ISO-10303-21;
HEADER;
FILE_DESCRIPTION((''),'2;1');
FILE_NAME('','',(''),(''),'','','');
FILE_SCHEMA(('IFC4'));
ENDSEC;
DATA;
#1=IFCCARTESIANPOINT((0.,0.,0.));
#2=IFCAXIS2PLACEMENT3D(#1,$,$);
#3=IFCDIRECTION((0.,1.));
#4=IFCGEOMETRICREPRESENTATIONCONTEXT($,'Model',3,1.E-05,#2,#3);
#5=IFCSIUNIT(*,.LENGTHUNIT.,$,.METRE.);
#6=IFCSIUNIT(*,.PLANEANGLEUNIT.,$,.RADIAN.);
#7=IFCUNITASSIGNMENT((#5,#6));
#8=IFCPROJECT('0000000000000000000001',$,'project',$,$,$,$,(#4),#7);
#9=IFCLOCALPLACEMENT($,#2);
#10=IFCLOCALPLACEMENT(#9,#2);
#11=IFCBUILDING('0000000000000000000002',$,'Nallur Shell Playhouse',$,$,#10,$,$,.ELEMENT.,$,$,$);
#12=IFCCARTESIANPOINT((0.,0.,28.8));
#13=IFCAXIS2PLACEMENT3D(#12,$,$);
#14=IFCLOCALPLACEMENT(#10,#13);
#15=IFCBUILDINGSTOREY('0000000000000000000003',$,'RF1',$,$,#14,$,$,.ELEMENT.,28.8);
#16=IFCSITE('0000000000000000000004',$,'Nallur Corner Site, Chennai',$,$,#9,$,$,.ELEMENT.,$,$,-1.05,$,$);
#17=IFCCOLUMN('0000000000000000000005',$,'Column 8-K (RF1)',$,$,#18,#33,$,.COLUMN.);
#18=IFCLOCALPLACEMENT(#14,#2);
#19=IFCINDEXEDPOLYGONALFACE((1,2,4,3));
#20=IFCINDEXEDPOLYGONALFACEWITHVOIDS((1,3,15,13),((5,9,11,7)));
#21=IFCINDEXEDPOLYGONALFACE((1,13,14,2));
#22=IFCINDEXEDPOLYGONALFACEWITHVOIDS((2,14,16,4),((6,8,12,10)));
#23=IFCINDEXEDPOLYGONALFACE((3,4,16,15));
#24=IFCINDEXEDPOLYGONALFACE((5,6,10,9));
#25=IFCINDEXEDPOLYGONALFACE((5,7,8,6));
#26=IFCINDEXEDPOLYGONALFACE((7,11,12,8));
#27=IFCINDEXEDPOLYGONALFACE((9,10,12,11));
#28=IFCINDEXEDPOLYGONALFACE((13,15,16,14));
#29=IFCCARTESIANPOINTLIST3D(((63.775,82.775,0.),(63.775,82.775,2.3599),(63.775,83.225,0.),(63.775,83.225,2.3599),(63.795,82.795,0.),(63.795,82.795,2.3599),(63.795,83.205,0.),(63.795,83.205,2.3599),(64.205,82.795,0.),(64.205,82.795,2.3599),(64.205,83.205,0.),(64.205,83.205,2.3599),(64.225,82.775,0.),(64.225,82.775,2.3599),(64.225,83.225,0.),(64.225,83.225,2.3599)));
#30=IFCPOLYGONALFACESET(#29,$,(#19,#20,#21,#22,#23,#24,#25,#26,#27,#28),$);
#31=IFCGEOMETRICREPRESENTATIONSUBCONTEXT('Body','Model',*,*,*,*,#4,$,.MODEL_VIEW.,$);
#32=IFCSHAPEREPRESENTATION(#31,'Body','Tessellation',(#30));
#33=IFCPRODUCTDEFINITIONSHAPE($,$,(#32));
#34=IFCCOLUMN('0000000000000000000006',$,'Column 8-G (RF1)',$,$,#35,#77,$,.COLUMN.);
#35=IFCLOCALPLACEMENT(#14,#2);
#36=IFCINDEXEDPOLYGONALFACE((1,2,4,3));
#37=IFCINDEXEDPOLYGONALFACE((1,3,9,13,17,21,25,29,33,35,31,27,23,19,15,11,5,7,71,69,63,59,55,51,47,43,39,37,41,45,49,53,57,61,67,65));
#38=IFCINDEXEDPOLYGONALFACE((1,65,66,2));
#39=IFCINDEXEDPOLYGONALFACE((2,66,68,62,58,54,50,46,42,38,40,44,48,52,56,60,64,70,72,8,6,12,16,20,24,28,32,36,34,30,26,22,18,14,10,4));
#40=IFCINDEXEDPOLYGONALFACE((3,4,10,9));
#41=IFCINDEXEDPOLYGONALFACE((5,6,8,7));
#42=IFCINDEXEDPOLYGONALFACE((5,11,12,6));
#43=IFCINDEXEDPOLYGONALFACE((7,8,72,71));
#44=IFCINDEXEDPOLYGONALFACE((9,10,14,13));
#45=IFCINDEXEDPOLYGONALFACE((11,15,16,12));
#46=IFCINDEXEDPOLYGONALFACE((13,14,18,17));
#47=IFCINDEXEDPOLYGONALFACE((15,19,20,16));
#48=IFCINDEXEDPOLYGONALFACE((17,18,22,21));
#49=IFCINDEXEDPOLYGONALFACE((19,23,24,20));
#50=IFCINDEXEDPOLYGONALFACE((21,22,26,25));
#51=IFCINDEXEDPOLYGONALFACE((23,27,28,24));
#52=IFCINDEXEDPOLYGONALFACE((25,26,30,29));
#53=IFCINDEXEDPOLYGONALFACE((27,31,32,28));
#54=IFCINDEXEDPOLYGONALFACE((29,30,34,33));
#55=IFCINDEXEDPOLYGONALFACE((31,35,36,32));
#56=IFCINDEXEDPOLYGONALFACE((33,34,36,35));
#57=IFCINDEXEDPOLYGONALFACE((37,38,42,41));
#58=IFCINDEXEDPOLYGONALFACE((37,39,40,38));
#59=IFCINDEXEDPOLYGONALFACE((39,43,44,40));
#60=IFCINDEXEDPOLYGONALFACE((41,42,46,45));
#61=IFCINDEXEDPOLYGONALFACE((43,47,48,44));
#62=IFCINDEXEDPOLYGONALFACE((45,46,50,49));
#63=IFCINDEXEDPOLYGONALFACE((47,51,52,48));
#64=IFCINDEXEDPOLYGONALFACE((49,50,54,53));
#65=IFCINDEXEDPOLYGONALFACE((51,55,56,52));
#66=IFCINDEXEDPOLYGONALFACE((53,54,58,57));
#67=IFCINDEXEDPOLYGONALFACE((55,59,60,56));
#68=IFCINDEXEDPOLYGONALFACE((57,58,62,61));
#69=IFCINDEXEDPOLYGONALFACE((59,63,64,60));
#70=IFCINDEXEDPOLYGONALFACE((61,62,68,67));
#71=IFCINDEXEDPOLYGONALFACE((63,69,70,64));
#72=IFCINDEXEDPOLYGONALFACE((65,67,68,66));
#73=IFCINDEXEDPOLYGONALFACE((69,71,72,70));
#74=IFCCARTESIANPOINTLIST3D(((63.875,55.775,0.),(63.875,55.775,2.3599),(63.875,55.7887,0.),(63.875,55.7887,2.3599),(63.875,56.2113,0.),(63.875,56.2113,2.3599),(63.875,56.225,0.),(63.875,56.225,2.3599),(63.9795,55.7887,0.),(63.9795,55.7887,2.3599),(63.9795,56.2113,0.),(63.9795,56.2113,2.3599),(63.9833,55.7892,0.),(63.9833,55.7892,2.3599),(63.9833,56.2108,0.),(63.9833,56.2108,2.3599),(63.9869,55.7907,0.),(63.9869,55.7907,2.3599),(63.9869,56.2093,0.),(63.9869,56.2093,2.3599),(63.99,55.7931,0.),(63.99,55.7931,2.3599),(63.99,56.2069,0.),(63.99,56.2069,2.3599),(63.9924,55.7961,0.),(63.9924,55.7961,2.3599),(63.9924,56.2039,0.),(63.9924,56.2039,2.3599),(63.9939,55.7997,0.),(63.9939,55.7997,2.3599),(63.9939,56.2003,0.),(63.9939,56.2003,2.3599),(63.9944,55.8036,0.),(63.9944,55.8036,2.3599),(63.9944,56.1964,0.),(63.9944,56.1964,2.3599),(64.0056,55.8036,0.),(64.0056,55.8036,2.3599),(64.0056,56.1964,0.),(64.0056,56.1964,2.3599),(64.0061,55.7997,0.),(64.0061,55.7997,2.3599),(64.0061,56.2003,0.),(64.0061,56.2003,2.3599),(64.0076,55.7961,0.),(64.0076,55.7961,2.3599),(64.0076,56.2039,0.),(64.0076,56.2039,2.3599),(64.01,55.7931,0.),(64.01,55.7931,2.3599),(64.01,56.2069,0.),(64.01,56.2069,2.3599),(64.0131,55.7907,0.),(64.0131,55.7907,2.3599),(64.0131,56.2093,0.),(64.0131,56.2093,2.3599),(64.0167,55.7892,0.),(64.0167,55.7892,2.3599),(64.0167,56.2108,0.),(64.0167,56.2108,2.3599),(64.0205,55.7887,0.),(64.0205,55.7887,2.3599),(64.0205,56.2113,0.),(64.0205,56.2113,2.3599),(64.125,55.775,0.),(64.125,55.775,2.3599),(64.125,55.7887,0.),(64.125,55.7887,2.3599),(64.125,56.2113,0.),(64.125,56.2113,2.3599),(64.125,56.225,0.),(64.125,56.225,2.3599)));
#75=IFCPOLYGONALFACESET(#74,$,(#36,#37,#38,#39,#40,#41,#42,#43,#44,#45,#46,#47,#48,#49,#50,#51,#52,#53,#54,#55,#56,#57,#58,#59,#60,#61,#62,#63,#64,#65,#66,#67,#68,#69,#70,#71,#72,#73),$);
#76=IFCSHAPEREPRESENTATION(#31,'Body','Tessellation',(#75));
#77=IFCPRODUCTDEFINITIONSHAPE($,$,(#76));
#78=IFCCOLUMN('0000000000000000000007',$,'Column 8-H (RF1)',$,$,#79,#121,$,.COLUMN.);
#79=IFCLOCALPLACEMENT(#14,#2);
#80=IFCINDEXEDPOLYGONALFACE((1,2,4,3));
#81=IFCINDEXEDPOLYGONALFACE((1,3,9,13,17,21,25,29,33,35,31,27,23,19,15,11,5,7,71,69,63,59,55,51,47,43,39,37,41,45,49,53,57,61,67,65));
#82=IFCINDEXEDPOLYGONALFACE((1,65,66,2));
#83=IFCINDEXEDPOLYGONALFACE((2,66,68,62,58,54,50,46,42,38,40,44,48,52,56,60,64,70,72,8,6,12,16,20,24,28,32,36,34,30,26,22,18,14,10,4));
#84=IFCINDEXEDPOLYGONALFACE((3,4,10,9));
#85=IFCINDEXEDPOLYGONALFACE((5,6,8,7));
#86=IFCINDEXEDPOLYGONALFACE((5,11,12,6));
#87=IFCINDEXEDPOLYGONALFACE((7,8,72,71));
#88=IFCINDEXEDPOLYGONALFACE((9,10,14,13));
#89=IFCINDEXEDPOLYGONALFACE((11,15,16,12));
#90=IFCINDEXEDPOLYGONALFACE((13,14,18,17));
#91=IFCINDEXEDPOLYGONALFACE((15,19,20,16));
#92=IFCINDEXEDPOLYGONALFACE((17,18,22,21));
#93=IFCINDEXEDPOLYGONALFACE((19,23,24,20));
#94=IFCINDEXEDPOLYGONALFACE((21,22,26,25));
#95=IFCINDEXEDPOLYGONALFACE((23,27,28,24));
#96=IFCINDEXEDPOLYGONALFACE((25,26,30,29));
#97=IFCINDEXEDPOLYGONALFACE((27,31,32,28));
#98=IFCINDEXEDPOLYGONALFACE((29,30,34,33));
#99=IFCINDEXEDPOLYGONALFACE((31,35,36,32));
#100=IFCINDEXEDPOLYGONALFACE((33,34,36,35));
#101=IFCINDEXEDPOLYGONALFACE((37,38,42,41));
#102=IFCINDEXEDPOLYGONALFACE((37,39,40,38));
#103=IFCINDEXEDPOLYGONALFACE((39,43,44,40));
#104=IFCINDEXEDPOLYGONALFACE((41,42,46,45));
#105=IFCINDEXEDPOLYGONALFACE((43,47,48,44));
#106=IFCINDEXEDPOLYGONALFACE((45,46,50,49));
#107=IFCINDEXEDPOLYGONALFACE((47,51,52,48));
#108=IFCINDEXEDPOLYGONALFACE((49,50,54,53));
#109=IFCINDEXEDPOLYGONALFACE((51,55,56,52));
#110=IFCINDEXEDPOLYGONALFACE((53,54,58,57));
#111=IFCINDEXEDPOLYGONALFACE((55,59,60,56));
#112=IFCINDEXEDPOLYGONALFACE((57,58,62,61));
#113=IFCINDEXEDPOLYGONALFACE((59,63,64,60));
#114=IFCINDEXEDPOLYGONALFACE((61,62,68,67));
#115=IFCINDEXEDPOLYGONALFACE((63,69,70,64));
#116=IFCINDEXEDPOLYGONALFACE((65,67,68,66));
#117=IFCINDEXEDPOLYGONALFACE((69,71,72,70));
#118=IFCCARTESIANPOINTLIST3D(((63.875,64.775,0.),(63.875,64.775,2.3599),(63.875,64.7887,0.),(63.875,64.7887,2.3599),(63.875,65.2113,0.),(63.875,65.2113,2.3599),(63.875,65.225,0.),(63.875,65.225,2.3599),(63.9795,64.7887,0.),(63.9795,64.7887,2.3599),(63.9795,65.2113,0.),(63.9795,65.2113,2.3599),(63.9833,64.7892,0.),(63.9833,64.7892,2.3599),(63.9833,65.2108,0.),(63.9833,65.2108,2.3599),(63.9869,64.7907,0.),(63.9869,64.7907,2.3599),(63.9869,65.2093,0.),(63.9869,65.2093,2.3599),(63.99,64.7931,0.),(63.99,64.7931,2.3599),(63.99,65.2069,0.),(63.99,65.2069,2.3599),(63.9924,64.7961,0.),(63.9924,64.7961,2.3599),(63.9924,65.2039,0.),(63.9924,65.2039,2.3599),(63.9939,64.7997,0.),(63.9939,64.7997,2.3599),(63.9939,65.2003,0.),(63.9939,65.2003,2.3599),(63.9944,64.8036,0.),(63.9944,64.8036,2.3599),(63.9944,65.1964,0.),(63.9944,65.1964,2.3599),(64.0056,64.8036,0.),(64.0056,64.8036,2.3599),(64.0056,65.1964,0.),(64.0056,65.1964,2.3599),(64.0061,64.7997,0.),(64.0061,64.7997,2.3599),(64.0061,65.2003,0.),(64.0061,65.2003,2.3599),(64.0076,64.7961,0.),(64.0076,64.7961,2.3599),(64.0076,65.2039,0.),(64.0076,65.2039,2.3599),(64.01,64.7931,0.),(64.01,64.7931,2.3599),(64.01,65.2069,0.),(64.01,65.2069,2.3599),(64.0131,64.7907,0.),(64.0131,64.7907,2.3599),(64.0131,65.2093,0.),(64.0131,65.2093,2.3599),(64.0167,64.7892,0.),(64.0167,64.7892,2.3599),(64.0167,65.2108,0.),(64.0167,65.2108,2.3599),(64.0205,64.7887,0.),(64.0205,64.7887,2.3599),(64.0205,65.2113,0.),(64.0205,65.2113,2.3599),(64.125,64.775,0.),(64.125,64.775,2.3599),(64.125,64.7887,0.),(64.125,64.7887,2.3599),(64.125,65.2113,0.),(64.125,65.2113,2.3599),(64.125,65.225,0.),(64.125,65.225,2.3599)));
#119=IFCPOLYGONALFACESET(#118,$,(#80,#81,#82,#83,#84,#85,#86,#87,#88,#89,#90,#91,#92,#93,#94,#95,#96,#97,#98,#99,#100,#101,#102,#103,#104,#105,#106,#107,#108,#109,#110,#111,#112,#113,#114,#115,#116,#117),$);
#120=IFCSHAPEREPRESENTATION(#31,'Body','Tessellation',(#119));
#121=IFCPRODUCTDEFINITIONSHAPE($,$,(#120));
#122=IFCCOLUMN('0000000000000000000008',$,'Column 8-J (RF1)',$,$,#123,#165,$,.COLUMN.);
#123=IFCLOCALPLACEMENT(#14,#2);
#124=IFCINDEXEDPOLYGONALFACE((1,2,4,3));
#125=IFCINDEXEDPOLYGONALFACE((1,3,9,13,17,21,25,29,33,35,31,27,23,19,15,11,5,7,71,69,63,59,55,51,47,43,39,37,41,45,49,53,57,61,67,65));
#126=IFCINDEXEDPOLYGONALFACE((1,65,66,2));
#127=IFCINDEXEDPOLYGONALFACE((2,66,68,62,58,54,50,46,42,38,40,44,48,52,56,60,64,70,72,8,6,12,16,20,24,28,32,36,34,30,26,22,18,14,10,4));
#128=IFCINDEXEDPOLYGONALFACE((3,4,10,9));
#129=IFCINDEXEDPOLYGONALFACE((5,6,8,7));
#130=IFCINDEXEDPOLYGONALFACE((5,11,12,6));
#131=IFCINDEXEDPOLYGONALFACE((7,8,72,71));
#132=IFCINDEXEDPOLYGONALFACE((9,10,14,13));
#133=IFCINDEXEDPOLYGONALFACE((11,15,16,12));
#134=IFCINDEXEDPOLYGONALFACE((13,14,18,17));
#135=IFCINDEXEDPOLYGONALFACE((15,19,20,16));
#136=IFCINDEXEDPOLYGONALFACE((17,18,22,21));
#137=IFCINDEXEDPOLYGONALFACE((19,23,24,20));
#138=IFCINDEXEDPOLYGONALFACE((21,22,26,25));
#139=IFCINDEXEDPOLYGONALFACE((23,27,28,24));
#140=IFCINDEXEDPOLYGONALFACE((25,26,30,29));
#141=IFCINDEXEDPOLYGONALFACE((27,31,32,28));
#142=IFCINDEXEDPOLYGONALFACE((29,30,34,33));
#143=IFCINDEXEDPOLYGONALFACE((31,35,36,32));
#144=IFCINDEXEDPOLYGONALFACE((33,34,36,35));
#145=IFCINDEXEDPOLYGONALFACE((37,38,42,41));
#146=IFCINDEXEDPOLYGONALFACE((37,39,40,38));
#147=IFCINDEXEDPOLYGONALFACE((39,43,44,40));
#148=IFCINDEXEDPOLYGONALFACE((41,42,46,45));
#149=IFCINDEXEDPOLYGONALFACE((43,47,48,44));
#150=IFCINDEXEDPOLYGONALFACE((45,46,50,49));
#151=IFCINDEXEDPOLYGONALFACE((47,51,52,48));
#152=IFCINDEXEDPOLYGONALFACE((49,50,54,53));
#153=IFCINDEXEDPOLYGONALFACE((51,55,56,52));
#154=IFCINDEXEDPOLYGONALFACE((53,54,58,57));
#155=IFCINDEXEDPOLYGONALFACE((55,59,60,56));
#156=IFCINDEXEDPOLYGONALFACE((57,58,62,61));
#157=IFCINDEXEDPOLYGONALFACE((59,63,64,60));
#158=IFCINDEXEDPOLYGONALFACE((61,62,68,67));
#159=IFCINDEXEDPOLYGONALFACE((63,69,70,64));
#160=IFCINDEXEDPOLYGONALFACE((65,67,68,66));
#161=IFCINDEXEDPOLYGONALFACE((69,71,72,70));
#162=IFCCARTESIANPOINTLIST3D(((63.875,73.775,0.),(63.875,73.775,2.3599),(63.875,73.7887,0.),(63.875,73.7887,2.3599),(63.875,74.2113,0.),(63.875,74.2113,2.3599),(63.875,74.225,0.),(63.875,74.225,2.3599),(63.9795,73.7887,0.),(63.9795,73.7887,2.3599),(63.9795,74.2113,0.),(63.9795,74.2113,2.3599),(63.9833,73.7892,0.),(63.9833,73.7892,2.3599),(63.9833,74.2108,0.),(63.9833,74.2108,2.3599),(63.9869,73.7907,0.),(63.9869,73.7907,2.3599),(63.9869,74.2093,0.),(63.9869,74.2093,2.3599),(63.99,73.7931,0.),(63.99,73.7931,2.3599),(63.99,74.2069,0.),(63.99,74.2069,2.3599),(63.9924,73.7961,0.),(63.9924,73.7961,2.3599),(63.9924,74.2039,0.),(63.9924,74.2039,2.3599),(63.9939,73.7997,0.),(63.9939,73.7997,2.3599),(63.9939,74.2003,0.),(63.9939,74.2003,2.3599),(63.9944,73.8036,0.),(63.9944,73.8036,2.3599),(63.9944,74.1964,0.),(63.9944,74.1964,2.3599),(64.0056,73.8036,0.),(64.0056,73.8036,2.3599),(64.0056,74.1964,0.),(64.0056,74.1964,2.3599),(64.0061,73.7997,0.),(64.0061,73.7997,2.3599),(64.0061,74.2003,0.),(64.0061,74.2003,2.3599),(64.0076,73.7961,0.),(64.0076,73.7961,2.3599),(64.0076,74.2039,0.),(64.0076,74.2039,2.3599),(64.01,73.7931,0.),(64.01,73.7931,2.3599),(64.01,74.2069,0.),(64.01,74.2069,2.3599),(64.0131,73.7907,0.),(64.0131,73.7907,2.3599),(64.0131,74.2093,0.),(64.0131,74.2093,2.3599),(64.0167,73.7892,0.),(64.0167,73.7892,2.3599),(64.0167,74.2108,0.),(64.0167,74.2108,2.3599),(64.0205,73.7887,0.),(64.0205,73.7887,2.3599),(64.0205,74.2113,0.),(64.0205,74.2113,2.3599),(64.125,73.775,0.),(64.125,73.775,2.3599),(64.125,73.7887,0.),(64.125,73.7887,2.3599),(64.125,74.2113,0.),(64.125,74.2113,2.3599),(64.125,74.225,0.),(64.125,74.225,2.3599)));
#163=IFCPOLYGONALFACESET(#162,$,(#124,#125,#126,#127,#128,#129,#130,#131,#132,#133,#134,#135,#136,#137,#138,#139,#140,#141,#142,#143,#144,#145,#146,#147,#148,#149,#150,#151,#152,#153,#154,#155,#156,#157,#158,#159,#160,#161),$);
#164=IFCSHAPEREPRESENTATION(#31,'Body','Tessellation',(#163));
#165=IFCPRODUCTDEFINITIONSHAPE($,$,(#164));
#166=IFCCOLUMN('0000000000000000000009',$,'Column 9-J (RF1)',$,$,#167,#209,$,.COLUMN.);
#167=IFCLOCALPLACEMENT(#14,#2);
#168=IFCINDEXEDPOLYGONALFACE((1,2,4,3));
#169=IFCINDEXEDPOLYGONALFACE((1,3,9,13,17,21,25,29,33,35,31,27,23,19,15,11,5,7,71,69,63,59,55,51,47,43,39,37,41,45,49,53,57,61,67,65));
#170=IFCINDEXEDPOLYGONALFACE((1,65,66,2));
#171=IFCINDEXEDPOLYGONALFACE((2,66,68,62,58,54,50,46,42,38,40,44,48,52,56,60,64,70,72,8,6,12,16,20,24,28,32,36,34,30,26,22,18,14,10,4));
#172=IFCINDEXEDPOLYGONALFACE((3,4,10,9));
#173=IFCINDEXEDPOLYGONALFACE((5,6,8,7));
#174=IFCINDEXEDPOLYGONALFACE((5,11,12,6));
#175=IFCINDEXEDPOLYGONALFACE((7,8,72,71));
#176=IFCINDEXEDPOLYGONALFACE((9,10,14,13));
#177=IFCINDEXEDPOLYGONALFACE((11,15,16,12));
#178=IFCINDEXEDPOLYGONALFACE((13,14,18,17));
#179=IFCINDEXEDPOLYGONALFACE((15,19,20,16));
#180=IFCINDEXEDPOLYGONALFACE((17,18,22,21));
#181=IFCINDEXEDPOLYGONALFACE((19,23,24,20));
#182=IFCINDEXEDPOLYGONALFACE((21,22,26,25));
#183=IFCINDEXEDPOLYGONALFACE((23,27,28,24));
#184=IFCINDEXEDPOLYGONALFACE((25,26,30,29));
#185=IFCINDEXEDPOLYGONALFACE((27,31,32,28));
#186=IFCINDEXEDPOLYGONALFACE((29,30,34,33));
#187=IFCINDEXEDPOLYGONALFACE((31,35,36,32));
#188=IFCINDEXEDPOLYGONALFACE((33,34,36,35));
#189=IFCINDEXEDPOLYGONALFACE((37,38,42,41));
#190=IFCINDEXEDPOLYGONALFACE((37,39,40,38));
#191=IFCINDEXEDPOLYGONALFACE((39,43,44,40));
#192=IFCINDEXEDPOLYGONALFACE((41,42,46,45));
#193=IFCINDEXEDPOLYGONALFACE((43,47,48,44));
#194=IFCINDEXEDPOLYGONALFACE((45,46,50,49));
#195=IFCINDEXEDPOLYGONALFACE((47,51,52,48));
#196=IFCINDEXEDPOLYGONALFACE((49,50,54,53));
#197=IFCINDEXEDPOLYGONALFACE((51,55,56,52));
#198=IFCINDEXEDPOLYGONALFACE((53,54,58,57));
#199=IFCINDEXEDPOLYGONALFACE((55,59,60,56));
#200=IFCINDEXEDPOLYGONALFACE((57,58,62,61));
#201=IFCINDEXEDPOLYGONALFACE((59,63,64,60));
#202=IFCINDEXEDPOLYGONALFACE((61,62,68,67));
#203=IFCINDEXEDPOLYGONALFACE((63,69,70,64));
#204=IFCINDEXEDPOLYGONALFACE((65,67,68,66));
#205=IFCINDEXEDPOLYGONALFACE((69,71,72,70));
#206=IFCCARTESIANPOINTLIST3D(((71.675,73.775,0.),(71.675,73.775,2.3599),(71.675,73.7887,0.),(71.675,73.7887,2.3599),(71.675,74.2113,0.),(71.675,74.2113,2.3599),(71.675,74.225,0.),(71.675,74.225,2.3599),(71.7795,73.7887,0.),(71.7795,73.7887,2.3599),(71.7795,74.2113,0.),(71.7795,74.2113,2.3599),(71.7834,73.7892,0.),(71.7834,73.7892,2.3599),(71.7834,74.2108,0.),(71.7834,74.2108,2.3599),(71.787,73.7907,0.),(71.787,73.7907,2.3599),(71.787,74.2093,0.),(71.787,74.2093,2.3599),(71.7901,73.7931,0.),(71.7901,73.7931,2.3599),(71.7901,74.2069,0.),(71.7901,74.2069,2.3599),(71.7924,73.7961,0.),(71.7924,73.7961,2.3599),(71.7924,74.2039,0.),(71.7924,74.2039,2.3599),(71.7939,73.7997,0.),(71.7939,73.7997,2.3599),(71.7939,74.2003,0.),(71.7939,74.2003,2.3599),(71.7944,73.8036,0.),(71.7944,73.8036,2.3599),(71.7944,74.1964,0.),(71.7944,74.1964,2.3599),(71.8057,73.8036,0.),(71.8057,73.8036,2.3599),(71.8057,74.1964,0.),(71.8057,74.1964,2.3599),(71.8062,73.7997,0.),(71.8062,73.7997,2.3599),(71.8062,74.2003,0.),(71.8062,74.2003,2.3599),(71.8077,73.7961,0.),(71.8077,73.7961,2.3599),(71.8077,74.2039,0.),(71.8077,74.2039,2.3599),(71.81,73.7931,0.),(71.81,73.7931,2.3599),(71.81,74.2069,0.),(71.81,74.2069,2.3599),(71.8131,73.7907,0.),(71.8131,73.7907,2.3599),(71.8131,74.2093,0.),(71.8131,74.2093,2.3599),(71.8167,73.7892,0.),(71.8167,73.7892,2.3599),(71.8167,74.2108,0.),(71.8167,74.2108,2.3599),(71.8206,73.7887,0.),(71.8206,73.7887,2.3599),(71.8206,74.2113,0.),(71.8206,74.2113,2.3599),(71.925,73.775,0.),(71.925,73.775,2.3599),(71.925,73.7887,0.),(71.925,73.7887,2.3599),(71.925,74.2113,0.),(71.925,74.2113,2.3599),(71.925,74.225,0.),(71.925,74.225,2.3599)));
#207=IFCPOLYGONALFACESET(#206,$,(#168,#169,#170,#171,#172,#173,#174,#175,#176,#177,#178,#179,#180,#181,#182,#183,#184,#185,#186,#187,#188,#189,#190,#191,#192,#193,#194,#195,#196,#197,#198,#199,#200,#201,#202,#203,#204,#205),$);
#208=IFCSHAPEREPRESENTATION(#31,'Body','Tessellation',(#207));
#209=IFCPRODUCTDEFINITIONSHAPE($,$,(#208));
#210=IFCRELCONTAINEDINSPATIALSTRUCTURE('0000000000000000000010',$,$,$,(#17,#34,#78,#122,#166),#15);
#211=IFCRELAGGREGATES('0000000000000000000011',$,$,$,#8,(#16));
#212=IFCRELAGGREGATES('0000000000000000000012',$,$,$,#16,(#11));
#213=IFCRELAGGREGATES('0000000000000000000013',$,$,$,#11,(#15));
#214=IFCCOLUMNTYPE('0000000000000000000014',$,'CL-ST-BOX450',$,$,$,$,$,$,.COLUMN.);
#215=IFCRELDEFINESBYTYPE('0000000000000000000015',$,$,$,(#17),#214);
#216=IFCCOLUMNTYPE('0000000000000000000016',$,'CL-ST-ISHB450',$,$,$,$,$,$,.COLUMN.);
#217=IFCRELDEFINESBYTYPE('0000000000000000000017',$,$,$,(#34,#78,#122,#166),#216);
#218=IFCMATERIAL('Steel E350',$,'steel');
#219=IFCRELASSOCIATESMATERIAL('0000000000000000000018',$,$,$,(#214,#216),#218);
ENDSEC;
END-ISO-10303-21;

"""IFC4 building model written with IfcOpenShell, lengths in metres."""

from ifc_helpers import new_model, si_unit, direction, frame, origin, origin_2d, place, context, subcontext, project, spatial, hollow_rectangle, i_section, extrude, material, material_profile, profile_set, type_object, element, save


model = new_model("IFC4")

# Units and contexts
model_context = context("Model", 3, precision=1e-05, world=origin(), true_north=direction((0.0, 1.0)))
body_context = subcontext(model_context, "Body", "Model", "MODEL_VIEW")
ifc_project = project(units=[si_unit("LENGTHUNIT", "METRE"), si_unit("PLANEANGLEUNIT", "RADIAN")], contexts=[model_context])

# Site, building, storey
site_placement = place(None, origin())
site = spatial("IfcSite", under=ifc_project, at=site_placement, Name="Nallur Corner Site, Chennai", CompositionType="ELEMENT", RefElevation=-1.05)
building_placement = place(site_placement, origin())
building = spatial("IfcBuilding", under=site, at=building_placement, Name="Nallur Shell Playhouse", CompositionType="ELEMENT")
storey_placement = place(building_placement, frame((0.0, 0.0, 28.8)))
storey = spatial("IfcBuildingStorey", under=building, at=storey_placement, Name="RF1", CompositionType="ELEMENT", Elevation=28.8)

# Columns
ifc_material_1 = material(Name="Steel E350", Category="steel")
ifc_material_profile_1 = material_profile(ifc_material_1, hollow_rectangle(XDim=0.45, YDim=0.45, WallThickness=0.02, at=origin_2d()), Name="BOX 450x450x20")
ifc_profile_set_1 = profile_set([ifc_material_profile_1], Name="Steel E350")
column_type_1 = type_object("IfcColumnType", Name="CL-ST-BOX450", PredefinedType="COLUMN", material=ifc_profile_set_1)
column_placement = place(storey_placement, frame((64.0, 83.0, 0.0), z_axis=(0.0, 0.0, 1.0), x_axis=(1.0, 0.0, 0.0)))
element("IfcColumn", 1, at=column_placement, inside=storey, type_object=column_type_1, Name="Column 8-K (RF1)", PredefinedType="COLUMN", context=body_context, shape_type="SweptSolid", body=[
    extrude(hollow_rectangle(XDim=0.45, YDim=0.45, WallThickness=0.02, at=origin_2d()), origin(), (0.0, 0.0, 1.0), 2.3599),
])
ifc_material_profile_2 = material_profile(ifc_material_1, i_section(OverallWidth=0.25, OverallDepth=0.45, WebThickness=0.0112, FlangeThickness=0.0137, FilletRadius=0.0149, at=origin_2d()), Name="ISHB 450")
ifc_profile_set_2 = profile_set([ifc_material_profile_2], Name="Steel E350")
column_type_2 = type_object("IfcColumnType", Name="CL-ST-ISHB450", PredefinedType="COLUMN", material=ifc_profile_set_2)
for number, where, z_axis, x_axis, name in (
    (2, (64.0, 56.0, 0.0), (0.0, 0.0, 1.0), (1.0, 0.0, 0.0), "Column 8-G (RF1)"),
    (3, (64.0, 65.0, 0.0), (0.0, 0.0, 1.0), (1.0, 0.0, 0.0), "Column 8-H (RF1)"),
    (4, (64.0, 74.0, 0.0), (0.0, 0.0, 1.0), (1.0, 0.0, 0.0), "Column 8-J (RF1)"),
    (5, (71.8, 74.0, 0.0), (0.0, 0.0, 1.0), (1.0, 0.0, 0.0), "Column 9-J (RF1)"),
):
    element("IfcColumn", number, at=place(storey_placement, frame(where, z_axis=z_axis, x_axis=x_axis)), inside=storey, type_object=column_type_2, Name=name, PredefinedType="COLUMN", context=body_context, shape_type="SweptSolid", body=[
        extrude(i_section(OverallWidth=0.25, OverallDepth=0.45, WebThickness=0.0112, FlangeThickness=0.0137, FilletRadius=0.0149, at=origin_2d()), origin(), (0.0, 0.0, 1.0), 2.3599),
    ])

save(model, "model.ifc")
